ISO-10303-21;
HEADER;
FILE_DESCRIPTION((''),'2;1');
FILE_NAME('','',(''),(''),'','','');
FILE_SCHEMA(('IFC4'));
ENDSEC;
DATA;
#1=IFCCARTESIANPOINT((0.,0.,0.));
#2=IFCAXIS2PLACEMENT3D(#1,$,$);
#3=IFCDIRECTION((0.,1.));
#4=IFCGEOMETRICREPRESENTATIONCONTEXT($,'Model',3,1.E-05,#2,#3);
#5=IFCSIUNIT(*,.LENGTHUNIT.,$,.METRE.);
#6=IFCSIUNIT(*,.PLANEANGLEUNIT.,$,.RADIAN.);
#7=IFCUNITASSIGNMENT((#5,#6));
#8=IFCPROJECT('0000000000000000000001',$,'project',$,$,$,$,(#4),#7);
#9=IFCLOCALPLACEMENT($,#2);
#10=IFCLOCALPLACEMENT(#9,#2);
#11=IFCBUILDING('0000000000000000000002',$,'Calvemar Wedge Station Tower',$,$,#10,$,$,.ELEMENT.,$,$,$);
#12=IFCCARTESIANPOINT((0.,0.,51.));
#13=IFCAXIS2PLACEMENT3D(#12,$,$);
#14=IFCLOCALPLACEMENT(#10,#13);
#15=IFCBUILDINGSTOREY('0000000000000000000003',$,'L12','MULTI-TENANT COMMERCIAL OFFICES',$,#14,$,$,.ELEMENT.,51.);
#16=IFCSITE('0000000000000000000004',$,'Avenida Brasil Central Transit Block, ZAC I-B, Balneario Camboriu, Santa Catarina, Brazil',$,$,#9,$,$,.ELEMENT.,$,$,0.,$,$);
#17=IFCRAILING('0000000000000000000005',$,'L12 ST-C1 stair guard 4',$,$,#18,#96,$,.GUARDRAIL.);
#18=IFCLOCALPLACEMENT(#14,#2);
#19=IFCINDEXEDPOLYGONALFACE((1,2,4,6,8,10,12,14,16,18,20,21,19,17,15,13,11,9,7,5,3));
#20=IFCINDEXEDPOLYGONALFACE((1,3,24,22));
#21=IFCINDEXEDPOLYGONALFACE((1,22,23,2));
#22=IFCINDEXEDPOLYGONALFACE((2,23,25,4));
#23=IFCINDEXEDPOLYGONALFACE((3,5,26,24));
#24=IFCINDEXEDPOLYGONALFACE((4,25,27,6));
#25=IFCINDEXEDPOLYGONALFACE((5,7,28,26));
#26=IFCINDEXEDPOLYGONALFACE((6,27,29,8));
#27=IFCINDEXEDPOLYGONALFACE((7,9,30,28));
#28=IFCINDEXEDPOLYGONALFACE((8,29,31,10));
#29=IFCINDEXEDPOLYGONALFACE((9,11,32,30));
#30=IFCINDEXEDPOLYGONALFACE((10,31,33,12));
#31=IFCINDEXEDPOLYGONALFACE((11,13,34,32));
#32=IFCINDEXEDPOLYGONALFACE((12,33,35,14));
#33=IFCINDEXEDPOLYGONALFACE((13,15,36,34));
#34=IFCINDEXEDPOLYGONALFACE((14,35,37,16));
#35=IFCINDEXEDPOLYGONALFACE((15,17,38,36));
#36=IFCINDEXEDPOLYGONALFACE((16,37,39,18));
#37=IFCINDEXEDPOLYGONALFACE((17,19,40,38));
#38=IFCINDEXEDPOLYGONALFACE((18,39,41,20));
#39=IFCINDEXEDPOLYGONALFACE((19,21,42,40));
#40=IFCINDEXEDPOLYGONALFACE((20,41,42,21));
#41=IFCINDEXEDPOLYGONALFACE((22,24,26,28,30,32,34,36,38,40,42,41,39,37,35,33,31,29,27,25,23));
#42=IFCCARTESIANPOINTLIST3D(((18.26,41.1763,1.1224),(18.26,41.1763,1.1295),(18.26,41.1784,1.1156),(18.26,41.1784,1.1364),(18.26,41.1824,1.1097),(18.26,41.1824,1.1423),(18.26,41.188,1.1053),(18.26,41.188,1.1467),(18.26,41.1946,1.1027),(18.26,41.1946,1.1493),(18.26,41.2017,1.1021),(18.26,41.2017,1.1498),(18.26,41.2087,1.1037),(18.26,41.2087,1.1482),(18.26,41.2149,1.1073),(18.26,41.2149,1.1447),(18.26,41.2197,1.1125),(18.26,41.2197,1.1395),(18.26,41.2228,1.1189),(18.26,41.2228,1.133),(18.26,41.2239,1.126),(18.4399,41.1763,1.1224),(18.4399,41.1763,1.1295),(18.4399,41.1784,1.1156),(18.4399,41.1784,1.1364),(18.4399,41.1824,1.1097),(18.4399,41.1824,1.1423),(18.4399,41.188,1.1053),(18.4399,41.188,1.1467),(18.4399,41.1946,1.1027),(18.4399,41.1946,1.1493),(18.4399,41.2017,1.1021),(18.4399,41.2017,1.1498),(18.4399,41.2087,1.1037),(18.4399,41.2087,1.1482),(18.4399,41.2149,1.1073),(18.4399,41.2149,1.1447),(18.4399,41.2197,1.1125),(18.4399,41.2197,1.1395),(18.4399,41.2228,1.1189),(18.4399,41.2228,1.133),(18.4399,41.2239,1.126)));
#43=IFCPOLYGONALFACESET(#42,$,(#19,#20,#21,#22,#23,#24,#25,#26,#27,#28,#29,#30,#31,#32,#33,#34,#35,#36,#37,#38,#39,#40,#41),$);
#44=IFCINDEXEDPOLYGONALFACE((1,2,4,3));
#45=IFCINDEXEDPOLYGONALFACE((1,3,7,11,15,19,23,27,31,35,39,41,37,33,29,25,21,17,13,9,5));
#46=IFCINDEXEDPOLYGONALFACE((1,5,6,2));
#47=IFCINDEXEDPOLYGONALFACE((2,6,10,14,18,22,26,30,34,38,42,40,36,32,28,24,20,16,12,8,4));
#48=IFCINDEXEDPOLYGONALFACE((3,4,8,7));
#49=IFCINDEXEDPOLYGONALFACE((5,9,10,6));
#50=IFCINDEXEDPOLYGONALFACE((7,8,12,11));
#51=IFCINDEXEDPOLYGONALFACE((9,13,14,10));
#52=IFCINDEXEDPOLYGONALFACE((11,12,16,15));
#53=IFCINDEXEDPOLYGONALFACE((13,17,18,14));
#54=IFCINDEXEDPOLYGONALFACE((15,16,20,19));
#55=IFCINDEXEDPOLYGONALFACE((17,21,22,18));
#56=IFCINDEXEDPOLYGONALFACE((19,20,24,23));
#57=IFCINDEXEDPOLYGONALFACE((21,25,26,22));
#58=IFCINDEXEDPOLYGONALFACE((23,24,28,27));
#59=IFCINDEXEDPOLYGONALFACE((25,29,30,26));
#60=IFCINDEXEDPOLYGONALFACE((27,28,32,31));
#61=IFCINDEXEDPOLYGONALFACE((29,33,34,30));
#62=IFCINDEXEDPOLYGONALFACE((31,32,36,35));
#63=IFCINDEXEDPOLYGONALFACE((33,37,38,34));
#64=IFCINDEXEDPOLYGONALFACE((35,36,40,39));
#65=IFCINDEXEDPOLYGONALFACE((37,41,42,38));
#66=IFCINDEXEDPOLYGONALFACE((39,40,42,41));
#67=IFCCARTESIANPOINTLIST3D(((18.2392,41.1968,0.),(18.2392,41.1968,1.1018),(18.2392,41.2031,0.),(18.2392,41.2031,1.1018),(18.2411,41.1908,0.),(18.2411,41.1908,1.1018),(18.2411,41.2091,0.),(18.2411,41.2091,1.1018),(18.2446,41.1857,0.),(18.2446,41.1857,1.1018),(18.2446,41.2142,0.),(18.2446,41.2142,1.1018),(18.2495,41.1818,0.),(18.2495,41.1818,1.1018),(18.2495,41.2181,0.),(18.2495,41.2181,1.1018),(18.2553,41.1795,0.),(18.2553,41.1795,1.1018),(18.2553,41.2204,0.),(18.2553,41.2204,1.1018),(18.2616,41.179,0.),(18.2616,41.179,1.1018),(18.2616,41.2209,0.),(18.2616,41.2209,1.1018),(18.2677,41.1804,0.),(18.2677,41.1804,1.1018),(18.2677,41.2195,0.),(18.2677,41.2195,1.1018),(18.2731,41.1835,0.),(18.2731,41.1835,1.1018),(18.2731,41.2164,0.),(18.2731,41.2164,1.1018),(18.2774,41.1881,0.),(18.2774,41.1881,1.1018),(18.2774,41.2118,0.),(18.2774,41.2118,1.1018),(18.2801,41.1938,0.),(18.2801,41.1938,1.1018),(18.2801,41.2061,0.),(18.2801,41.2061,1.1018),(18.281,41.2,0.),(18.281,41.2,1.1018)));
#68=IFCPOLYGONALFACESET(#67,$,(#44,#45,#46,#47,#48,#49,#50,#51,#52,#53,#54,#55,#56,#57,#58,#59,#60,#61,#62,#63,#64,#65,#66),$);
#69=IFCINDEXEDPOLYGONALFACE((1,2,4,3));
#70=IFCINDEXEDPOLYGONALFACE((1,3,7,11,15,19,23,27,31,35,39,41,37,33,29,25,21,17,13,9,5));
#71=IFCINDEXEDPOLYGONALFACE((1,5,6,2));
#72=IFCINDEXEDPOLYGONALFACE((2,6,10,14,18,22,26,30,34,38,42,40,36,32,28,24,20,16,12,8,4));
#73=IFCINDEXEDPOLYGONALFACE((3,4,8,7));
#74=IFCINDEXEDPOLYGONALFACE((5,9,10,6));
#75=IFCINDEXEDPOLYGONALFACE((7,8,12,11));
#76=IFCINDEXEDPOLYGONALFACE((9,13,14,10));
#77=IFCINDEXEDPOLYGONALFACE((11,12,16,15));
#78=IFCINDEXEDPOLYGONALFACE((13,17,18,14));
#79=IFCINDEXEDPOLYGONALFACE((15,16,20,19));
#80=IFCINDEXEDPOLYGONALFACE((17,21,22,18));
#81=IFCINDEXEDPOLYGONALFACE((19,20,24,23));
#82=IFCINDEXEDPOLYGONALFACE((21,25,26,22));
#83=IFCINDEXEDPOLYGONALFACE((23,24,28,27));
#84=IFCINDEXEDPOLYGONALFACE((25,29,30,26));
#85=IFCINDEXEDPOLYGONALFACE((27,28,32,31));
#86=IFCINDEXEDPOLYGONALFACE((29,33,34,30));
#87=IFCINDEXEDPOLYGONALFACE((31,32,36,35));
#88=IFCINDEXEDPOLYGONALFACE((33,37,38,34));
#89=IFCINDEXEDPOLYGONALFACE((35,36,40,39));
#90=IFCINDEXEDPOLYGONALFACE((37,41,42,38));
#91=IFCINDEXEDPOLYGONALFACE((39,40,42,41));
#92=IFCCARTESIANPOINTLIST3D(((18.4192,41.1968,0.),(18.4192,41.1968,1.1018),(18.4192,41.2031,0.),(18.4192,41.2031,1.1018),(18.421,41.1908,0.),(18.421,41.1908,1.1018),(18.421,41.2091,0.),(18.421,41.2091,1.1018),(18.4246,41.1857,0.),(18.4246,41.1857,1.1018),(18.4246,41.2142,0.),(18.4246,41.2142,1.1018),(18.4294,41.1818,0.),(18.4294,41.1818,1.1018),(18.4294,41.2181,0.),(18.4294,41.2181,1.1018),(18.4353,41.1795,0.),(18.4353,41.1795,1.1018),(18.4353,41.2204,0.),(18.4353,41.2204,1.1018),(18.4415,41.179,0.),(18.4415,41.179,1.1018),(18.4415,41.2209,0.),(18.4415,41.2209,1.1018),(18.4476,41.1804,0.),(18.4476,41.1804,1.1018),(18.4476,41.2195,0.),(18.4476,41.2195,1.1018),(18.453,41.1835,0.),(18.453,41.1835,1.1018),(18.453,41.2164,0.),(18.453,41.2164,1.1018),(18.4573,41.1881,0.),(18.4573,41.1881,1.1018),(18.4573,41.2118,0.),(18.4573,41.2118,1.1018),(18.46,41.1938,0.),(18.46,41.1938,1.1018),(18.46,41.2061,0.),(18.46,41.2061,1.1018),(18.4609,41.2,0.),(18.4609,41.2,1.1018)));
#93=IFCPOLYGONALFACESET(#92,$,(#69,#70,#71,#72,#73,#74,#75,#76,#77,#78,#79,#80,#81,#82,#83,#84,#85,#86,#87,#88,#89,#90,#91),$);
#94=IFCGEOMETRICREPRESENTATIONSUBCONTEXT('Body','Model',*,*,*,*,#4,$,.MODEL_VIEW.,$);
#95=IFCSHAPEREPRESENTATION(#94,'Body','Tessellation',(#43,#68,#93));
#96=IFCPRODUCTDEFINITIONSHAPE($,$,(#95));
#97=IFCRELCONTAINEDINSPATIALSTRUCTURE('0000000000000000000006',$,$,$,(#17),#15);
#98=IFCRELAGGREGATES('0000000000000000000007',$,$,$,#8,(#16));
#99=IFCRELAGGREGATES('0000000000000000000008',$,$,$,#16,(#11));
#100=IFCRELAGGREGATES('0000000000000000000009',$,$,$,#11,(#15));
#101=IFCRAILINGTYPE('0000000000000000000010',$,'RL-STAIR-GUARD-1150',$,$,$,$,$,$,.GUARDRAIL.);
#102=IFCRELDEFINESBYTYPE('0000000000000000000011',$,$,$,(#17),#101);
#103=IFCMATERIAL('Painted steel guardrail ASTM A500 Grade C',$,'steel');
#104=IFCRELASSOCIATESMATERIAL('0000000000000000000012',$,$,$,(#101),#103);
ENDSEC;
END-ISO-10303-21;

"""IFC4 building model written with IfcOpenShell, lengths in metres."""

from ifc_helpers import new_model, si_unit, direction, frame, origin, origin_2d, place, context, subcontext, project, spatial, circle, extrude, material, type_object, element, save


model = new_model("IFC4")

# Units and contexts
model_context = context("Model", 3, precision=1e-05, world=origin(), true_north=direction((0.0, 1.0)))
body_context = subcontext(model_context, "Body", "Model", "MODEL_VIEW")
ifc_project = project(units=[si_unit("LENGTHUNIT", "METRE"), si_unit("PLANEANGLEUNIT", "RADIAN")], contexts=[model_context])

# Site, building, storey
site_placement = place(None, origin())
site = spatial("IfcSite", under=ifc_project, at=site_placement, Name="Avenida Brasil Central Transit Block, ZAC I-B, Balneario Camboriu, Santa Catarina, Brazil", CompositionType="ELEMENT", RefElevation=0.0)
building_placement = place(site_placement, origin())
building = spatial("IfcBuilding", under=site, at=building_placement, Name="Calvemar Wedge Station Tower", CompositionType="ELEMENT")
storey_placement = place(building_placement, frame((0.0, 0.0, 51.0)))
storey = spatial("IfcBuildingStorey", under=building, at=storey_placement, Name="L12", Description="MULTI-TENANT COMMERCIAL OFFICES", CompositionType="ELEMENT", Elevation=51.0)

# Railing
ifc_material_1 = material(Name="Painted steel guardrail ASTM A500 Grade C", Category="steel")
railing_type_1 = type_object("IfcRailingType", Name="RL-STAIR-GUARD-1150", PredefinedType="GUARDRAIL", material=ifc_material_1)
railing_1_placement = place(storey_placement, frame((18.26, 41.2, 0.0)))
element("IfcRailing", 1, at=railing_1_placement, inside=storey, type_object=railing_type_1, Name="L12 ST-C1 stair guard 4", PredefinedType="GUARDRAIL", context=body_context, shape_type="SweptSolid", body=[
    extrude(circle(Radius=0.0239, at=origin_2d()), frame((0.0, 0.0, 1.126), z_axis=(1.0, 0.0, 0.0), x_axis=(0.0, 1.0, 0.0)), (0.0, 0.0, 1.0), 0.1799),
    extrude(circle(Radius=0.021, at=origin_2d()), origin(), (0.0, 0.0, 1.0), 1.1018),
    extrude(circle(Radius=0.021, at=origin_2d()), frame((0.1799, 0.0, 0.0)), (0.0, 0.0, 1.0), 1.1018),
])

save(model, "model.ifc")
